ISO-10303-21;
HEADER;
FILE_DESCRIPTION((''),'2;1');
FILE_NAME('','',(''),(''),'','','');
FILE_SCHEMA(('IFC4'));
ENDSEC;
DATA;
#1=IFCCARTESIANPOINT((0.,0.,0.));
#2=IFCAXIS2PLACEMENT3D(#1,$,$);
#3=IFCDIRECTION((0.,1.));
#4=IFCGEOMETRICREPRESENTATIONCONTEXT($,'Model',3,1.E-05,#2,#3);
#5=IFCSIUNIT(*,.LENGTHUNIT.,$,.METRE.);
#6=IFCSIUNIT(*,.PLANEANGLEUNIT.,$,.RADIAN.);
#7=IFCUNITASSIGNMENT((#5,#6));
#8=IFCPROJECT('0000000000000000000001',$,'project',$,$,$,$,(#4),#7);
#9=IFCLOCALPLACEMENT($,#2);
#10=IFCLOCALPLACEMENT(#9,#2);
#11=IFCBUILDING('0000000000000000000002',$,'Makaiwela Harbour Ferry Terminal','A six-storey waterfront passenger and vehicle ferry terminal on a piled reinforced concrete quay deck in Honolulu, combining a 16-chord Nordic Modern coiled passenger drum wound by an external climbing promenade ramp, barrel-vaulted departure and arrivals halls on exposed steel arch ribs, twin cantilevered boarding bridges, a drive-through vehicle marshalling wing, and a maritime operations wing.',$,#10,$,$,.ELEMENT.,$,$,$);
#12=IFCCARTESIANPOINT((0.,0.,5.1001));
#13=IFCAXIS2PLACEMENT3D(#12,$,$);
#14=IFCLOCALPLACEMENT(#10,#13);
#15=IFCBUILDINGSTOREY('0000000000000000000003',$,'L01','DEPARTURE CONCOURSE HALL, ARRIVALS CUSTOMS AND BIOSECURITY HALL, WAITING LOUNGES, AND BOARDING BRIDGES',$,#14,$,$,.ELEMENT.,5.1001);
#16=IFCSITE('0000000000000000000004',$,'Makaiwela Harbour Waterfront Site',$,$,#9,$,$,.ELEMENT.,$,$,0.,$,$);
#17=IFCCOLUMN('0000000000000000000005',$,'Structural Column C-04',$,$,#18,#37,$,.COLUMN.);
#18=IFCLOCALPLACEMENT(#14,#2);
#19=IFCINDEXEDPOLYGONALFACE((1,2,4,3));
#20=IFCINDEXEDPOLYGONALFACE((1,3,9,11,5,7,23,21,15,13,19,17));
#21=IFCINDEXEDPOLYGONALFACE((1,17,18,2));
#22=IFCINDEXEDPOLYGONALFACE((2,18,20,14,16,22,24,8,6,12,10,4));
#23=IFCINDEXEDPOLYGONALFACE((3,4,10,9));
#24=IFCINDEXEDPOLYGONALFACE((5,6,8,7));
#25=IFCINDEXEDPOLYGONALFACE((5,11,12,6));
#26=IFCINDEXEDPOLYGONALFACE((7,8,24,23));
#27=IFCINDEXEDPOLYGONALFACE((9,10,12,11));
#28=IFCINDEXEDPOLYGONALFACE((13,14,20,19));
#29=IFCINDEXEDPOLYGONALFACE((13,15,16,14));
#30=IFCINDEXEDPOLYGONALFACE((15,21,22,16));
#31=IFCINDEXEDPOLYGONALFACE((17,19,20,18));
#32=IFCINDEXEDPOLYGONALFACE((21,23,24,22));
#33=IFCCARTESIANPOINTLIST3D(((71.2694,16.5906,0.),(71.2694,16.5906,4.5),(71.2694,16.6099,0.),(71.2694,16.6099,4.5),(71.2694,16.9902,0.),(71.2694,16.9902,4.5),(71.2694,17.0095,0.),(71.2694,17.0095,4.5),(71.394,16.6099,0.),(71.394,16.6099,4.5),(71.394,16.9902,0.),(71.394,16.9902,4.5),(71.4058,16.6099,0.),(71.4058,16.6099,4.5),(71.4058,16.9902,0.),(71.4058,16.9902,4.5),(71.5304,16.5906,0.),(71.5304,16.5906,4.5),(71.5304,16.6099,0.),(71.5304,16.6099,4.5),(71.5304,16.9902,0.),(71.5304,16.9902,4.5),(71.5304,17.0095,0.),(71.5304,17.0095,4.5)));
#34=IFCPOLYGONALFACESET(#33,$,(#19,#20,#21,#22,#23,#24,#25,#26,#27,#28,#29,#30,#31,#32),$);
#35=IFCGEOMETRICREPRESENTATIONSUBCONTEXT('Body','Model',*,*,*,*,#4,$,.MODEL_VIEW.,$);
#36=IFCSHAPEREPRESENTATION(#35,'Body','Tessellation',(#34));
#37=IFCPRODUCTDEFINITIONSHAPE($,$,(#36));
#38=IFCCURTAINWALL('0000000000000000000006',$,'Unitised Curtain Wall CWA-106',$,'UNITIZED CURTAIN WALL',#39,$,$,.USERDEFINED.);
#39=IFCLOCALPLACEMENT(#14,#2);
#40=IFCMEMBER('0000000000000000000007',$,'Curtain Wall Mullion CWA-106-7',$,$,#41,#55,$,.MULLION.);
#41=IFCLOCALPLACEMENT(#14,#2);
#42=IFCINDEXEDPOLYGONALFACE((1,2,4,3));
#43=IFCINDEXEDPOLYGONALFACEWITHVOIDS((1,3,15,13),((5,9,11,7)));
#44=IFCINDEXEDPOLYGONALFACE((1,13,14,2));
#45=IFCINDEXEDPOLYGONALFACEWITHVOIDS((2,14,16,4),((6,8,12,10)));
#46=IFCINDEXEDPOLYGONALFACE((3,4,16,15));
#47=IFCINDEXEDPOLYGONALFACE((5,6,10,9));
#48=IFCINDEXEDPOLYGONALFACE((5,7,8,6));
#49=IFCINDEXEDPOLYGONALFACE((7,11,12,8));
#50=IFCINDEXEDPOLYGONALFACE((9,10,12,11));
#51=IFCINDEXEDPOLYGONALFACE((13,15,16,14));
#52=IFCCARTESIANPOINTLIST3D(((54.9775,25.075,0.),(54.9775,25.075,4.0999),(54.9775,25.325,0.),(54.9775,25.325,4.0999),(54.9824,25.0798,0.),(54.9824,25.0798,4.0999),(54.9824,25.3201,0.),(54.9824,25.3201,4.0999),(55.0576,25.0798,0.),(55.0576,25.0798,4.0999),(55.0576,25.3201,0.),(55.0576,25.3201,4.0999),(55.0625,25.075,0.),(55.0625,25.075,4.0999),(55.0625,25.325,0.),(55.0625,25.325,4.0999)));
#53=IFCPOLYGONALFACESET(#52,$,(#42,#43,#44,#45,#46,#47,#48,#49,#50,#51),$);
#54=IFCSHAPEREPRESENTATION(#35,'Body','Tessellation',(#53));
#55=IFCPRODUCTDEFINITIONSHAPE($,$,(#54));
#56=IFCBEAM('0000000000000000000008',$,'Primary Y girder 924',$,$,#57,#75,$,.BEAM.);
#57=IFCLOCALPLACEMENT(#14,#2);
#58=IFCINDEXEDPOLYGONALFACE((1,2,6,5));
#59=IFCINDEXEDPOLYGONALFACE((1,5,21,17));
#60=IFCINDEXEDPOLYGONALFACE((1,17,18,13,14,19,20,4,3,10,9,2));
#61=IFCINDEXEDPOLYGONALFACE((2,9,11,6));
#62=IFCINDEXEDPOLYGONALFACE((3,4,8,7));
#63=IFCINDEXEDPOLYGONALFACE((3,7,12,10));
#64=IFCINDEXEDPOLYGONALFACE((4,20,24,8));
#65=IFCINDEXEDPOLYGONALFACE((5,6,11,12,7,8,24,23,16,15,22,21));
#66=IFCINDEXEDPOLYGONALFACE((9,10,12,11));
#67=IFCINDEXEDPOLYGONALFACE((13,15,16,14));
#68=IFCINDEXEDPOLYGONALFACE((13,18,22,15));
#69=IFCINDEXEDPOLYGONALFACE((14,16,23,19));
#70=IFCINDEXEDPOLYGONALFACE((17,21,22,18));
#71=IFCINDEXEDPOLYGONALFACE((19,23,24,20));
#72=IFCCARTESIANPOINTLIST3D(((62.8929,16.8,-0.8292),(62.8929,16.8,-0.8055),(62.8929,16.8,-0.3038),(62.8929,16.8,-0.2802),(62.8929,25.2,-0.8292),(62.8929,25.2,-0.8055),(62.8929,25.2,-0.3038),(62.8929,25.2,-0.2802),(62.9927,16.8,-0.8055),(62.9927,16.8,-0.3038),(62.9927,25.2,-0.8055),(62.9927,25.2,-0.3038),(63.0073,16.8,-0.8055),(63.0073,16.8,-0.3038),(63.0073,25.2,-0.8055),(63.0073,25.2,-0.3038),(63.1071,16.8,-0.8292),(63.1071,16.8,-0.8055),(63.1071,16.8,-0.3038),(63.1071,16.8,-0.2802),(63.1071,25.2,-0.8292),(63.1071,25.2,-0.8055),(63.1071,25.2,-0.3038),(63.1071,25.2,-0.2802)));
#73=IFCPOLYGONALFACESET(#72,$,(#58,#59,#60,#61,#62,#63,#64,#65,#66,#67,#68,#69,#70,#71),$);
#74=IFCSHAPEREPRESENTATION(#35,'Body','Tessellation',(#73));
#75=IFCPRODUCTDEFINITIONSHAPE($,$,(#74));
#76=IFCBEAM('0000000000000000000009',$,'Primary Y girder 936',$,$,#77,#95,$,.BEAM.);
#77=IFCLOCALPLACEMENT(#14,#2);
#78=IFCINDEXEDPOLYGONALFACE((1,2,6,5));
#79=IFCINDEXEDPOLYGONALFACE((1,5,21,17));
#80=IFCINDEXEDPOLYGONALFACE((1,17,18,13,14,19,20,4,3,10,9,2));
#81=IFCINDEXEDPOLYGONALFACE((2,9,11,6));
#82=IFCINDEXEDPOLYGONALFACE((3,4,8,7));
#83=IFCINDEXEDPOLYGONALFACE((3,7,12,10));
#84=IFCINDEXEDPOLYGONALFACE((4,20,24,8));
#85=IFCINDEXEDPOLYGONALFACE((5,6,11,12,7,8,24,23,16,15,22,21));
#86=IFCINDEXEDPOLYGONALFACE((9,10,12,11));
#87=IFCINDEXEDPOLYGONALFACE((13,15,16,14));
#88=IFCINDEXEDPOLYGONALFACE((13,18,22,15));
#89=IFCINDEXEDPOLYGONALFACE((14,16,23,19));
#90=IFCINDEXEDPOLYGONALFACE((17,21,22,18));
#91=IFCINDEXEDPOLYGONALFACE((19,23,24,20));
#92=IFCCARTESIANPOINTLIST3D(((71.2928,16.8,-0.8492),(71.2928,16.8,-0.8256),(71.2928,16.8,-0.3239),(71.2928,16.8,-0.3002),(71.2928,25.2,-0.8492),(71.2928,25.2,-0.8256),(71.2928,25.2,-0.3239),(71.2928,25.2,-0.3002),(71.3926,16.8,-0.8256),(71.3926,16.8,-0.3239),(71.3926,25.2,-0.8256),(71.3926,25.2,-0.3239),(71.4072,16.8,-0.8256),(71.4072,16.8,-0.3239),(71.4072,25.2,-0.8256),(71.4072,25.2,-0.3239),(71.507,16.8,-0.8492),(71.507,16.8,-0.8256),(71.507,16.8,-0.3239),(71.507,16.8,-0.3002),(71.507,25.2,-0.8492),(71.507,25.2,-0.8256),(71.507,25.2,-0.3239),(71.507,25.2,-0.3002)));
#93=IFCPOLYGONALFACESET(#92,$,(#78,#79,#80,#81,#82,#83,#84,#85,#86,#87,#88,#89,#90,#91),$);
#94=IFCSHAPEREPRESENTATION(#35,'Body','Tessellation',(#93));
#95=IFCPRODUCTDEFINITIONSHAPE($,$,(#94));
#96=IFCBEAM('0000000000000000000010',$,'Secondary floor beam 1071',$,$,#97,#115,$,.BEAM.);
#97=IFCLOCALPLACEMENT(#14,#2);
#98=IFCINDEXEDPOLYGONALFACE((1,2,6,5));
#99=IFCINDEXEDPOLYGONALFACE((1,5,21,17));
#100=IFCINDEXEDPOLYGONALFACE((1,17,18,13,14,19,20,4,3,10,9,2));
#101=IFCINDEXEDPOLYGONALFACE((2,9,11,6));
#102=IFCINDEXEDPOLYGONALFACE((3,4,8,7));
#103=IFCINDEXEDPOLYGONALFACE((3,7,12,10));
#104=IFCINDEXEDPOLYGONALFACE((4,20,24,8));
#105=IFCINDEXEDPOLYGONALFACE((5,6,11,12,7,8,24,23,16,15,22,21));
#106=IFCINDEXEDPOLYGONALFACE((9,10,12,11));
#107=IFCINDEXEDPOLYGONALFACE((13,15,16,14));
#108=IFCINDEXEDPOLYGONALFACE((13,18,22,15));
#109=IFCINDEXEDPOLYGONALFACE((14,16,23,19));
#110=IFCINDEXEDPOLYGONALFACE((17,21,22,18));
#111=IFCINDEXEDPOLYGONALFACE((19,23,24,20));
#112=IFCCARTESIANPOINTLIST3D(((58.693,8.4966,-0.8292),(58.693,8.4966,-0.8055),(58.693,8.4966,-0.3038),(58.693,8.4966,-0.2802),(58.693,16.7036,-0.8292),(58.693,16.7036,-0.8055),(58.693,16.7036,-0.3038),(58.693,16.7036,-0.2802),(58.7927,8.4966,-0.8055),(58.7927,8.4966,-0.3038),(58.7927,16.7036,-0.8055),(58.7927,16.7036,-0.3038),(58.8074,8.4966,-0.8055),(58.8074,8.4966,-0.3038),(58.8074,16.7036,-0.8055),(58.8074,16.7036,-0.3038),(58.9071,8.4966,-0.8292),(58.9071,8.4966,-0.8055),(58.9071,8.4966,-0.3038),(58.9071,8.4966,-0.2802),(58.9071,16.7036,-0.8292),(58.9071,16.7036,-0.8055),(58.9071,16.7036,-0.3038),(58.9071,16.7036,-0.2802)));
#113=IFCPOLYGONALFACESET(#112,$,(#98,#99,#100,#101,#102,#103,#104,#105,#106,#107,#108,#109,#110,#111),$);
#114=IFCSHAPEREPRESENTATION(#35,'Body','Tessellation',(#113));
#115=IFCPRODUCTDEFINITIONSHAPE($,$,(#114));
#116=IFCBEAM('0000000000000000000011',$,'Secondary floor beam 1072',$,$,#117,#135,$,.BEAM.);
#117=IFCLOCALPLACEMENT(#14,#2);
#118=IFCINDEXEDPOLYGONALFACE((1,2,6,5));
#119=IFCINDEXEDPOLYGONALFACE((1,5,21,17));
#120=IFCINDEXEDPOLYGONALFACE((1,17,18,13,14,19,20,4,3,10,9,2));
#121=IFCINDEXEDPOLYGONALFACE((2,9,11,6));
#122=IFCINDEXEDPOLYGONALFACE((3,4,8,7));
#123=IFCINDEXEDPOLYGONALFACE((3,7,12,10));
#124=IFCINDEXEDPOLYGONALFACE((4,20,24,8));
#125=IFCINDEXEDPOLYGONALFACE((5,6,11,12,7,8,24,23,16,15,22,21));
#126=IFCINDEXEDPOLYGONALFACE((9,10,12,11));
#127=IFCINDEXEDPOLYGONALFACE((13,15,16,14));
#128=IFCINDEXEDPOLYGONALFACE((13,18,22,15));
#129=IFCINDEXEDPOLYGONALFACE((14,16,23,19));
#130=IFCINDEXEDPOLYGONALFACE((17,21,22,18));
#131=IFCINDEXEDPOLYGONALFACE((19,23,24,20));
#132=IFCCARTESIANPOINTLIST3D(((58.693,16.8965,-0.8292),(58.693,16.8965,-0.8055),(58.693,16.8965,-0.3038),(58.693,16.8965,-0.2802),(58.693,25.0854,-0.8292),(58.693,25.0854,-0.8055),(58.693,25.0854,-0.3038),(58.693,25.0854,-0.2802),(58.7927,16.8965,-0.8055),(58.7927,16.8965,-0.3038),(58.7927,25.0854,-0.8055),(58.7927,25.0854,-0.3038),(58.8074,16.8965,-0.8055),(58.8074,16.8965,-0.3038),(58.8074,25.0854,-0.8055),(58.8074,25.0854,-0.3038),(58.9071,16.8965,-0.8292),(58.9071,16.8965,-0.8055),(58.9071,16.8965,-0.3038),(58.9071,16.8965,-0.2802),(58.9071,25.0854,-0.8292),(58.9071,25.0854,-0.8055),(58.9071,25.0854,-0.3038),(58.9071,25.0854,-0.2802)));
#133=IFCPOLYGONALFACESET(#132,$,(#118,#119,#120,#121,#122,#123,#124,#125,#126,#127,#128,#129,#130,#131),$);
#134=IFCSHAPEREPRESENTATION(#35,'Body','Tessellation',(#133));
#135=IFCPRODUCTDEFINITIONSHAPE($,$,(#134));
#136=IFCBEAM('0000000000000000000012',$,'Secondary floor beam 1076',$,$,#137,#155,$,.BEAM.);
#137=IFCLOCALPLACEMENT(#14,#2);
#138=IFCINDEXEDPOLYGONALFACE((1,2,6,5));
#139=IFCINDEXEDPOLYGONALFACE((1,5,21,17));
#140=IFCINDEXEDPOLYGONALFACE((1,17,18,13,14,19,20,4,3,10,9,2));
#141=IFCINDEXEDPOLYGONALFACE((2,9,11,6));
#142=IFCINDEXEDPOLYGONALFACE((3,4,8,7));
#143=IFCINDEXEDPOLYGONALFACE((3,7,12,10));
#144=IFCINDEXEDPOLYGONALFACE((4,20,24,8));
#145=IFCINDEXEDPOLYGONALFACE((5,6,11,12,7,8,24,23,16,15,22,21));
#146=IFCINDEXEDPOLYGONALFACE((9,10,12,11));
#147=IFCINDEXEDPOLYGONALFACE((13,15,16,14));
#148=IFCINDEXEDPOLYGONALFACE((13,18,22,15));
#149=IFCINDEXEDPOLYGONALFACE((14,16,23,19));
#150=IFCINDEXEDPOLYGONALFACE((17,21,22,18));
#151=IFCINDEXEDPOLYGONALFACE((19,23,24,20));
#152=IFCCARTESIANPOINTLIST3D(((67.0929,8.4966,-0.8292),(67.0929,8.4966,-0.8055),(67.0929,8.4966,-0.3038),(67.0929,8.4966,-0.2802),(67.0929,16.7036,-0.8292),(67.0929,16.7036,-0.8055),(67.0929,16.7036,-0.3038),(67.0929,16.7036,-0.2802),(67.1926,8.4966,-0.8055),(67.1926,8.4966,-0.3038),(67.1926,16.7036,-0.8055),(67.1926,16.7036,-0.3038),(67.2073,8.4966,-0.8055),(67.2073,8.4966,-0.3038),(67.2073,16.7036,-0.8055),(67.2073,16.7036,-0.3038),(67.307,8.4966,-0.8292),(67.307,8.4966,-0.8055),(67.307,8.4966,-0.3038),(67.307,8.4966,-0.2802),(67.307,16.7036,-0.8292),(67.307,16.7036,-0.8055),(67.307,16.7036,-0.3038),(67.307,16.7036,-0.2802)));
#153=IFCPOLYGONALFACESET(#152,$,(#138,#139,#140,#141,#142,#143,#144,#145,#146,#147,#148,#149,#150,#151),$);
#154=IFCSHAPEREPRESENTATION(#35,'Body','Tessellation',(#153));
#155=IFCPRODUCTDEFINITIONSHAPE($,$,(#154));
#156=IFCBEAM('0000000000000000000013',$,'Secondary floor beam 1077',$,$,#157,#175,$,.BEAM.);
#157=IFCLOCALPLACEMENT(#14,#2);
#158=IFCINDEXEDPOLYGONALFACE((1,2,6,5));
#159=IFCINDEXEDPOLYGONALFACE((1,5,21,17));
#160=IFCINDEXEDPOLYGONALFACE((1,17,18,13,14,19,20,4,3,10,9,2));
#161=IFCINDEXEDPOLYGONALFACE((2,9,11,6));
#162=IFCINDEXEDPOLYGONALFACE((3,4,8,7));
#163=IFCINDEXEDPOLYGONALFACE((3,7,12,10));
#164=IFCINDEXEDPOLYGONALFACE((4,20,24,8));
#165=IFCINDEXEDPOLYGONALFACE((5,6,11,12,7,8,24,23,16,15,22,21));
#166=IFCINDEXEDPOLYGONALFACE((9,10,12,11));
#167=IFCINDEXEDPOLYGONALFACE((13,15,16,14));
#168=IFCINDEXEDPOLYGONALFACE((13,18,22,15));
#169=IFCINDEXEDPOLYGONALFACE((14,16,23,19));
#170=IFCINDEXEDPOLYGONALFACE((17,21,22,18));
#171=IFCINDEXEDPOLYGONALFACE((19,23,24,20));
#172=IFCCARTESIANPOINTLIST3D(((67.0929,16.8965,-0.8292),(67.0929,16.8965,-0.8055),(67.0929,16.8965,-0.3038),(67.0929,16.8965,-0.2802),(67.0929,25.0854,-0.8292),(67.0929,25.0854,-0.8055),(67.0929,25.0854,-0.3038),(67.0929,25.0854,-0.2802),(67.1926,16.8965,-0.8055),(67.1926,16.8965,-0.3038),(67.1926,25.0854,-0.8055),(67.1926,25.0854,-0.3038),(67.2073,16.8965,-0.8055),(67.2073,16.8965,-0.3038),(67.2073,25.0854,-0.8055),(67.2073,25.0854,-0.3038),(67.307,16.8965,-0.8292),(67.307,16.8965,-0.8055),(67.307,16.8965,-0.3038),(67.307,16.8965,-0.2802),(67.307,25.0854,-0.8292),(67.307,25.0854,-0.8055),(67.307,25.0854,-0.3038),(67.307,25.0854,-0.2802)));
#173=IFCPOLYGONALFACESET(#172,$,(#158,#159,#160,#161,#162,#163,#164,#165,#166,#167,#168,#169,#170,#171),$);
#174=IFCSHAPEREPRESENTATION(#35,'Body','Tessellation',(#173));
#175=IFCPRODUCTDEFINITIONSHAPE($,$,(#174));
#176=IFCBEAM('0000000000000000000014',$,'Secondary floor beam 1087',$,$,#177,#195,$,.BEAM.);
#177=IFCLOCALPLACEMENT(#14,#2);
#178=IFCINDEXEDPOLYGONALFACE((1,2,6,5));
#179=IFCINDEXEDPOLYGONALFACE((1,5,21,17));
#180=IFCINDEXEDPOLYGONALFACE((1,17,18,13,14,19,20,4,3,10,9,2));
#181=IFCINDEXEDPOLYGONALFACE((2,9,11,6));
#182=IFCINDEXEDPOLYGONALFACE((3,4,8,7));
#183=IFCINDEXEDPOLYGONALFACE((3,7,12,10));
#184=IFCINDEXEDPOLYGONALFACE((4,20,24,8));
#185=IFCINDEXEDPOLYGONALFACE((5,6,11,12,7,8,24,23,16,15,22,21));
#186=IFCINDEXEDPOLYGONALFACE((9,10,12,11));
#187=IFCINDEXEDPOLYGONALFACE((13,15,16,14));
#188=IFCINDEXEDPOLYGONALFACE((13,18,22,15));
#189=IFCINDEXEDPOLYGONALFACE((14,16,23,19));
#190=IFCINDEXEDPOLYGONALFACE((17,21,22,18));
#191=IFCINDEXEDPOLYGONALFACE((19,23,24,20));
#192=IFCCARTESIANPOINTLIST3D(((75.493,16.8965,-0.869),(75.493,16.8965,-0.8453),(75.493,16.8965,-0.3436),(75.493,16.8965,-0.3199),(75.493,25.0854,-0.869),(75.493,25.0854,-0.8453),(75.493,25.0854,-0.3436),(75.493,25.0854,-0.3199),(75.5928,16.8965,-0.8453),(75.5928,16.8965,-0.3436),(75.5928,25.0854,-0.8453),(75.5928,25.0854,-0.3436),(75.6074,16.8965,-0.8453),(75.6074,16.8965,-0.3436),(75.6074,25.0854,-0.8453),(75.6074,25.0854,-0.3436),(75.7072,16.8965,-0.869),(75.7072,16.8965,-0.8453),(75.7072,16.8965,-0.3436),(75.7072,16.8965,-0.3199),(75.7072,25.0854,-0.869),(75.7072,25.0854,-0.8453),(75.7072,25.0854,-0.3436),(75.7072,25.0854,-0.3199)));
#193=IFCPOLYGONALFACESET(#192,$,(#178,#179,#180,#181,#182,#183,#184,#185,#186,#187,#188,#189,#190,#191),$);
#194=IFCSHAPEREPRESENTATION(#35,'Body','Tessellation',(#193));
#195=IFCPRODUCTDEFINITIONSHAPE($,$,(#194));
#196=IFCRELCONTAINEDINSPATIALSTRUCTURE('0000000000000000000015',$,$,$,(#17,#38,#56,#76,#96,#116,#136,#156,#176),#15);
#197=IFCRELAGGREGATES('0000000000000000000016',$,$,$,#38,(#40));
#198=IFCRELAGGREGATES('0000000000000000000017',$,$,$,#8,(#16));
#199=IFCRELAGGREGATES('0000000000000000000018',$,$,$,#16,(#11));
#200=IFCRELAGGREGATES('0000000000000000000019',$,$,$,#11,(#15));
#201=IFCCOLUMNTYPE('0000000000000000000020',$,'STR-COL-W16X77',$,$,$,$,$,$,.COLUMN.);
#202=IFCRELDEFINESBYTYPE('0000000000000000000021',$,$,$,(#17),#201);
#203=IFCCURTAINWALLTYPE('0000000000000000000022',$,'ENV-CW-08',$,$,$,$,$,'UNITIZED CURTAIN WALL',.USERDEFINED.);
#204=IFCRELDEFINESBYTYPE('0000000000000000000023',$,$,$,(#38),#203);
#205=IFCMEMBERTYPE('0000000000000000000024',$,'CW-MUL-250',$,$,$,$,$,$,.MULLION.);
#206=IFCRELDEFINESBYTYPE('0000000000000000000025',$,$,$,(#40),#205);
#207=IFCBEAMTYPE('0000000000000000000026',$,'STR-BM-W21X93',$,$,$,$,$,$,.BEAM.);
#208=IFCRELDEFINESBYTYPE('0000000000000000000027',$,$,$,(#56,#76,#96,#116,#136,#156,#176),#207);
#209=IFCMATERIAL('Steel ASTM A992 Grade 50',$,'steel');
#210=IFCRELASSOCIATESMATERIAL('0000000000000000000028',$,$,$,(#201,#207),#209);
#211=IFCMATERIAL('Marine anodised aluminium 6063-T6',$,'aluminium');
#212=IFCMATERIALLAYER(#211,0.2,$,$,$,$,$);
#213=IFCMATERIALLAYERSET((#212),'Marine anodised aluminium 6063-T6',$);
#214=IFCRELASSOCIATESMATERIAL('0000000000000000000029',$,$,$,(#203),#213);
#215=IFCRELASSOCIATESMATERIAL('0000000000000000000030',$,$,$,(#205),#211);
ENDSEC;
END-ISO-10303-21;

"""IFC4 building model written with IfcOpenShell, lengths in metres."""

from ifc_helpers import new_model, si_unit, direction, frame, origin, origin_2d, place, context, subcontext, project, spatial, hollow_rectangle, i_section, extrude, material, layer, layer_set, material_profile, profile_set, type_object, element, aggregate, save


model = new_model("IFC4")

# Units and contexts
model_context = context("Model", 3, precision=1e-05, world=origin(), true_north=direction((0.0, 1.0)))
body_context = subcontext(model_context, "Body", "Model", "MODEL_VIEW")
ifc_project = project(units=[si_unit("LENGTHUNIT", "METRE"), si_unit("PLANEANGLEUNIT", "RADIAN")], contexts=[model_context])

# Site, building, storey
site_placement = place(None, origin())
site = spatial("IfcSite", under=ifc_project, at=site_placement, Name="Makaiwela Harbour Waterfront Site", CompositionType="ELEMENT", RefElevation=0.0)
building_placement = place(site_placement, origin())
building = spatial("IfcBuilding", under=site, at=building_placement, Name="Makaiwela Harbour Ferry Terminal", Description="A six-storey waterfront passenger and vehicle ferry terminal on a piled reinforced concrete quay deck in Honolulu, combining a 16-chord Nordic Modern coiled passenger drum wound by an external climbing promenade ramp, barrel-vaulted departure and arrivals halls on exposed steel arch ribs, twin cantilevered boarding bridges, a drive-through vehicle marshalling wing, and a maritime operations wing.", CompositionType="ELEMENT")
storey_placement = place(building_placement, frame((0.0, 0.0, 5.1001)))
storey = spatial("IfcBuildingStorey", under=building, at=storey_placement, Name="L01", Description="DEPARTURE CONCOURSE HALL, ARRIVALS CUSTOMS AND BIOSECURITY HALL, WAITING LOUNGES, AND BOARDING BRIDGES", CompositionType="ELEMENT", Elevation=5.1001)

# Column
ifc_material_1 = material(Name="Steel ASTM A992 Grade 50", Category="steel")
ifc_material_profile_1 = material_profile(ifc_material_1, i_section(OverallWidth=0.261, OverallDepth=0.4189, WebThickness=0.0117, FlangeThickness=0.0193, at=origin_2d()), Name="W16X77")
ifc_profile_set_1 = profile_set([ifc_material_profile_1], Name="Steel ASTM A992 Grade 50")
column_type = type_object("IfcColumnType", Name="STR-COL-W16X77", PredefinedType="COLUMN", material=ifc_profile_set_1)
column_placement = place(storey_placement, frame((71.3999, 16.8, 0.0), z_axis=(0.0, 0.0, 1.0), x_axis=(1.0, 0.0, 0.0)))
element("IfcColumn", 1, at=column_placement, inside=storey, type_object=column_type, Name="Structural Column C-04", PredefinedType="COLUMN", context=body_context, shape_type="SweptSolid", body=[
    extrude(i_section(OverallWidth=0.261, OverallDepth=0.4189, WebThickness=0.0117, FlangeThickness=0.0193, at=origin_2d()), origin(), (0.0, 0.0, 1.0), 4.5),
])

# Curtain wall, member
ifc_material_2 = material(Name="Marine anodised aluminium 6063-T6", Category="aluminium")
ifc_layer_1 = layer(ifc_material_2, 0.2)
ifc_layer_set_1 = layer_set([ifc_layer_1], Name="Marine anodised aluminium 6063-T6")
curtain_wall_type = type_object("IfcCurtainWallType", Name="ENV-CW-08", ElementType="UNITIZED CURTAIN WALL", PredefinedType="USERDEFINED", material=ifc_layer_set_1)
curtain_wall_placement = place(storey_placement, origin())
curtain_wall = element("IfcCurtainWall", 2, at=curtain_wall_placement, inside=storey, type_object=curtain_wall_type, Name="Unitised Curtain Wall CWA-106", ObjectType="UNITIZED CURTAIN WALL", PredefinedType="USERDEFINED")
ifc_material_profile_2 = material_profile(ifc_material_2, hollow_rectangle(XDim=0.085, YDim=0.25, WallThickness=0.0049, at=origin_2d()), Name="CWM-250X85")
ifc_profile_set_2 = profile_set([ifc_material_profile_2], Name="Marine anodised aluminium 6063-T6")
member_type = type_object("IfcMemberType", Name="CW-MUL-250", PredefinedType="MULLION", material=ifc_profile_set_2)
member_placement = place(storey_placement, frame((55.02, 25.2, 0.0), z_axis=(0.0, 0.0, 1.0), x_axis=(1.0, 0.0, 0.0)))
member = element("IfcMember", 3, at=member_placement, type_object=member_type, Name="Curtain Wall Mullion CWA-106-7", PredefinedType="MULLION", context=body_context, shape_type="SweptSolid", body=[
    extrude(hollow_rectangle(XDim=0.085, YDim=0.25, WallThickness=0.0049, at=origin_2d()), origin(), (0.0, 0.0, 1.0), 4.0999),
])
aggregate(curtain_wall, [member])

# Beams
ifc_material_profile_3 = material_profile(ifc_material_1, i_section(OverallWidth=0.2141, OverallDepth=0.5491, WebThickness=0.0146, FlangeThickness=0.0237, at=origin_2d()), Name="W21X93")
ifc_profile_set_3 = profile_set([ifc_material_profile_3], Name="Steel ASTM A992 Grade 50")
beam_type_1 = type_object("IfcBeamType", Name="STR-BM-W21X93", PredefinedType="BEAM", material=ifc_profile_set_3)
for number, where, z_axis, x_axis, name in (
    (4, (63.0, 16.8, -0.5547), (0.0, 1.0, 0.0), (-1.0, 0.0, 0.0), "Primary Y girder 924"),
    (5, (71.3999, 16.8, -0.5747), (0.0, 1.0, 0.0), (-1.0, 0.0, 0.0), "Primary Y girder 936"),
):
    element("IfcBeam", number, at=place(storey_placement, frame(where, z_axis=z_axis, x_axis=x_axis)), inside=storey, type_object=beam_type_1, Name=name, PredefinedType="BEAM", context=body_context, shape_type="SweptSolid", body=[
        extrude(i_section(OverallWidth=0.2141, OverallDepth=0.5491, WebThickness=0.0146, FlangeThickness=0.0237, at=origin_2d()), origin(), (0.0, 0.0, 1.0), 8.3999),
    ])
beam_1_placement = place(storey_placement, frame((58.8, 8.4966, -0.5547), z_axis=(0.0, 1.0, 0.0), x_axis=(-1.0, 0.0, 0.0)))
element("IfcBeam", 6, at=beam_1_placement, inside=storey, type_object=beam_type_1, Name="Secondary floor beam 1071", PredefinedType="BEAM", context=body_context, shape_type="SweptSolid", body=[
    extrude(i_section(OverallWidth=0.2141, OverallDepth=0.5491, WebThickness=0.0146, FlangeThickness=0.0237, at=origin_2d()), origin(), (0.0, 0.0, 1.0), 8.207),
])
beam_2_placement = place(storey_placement, frame((58.8, 16.8965, -0.5547), z_axis=(0.0, 1.0, 0.0), x_axis=(-1.0, 0.0, 0.0)))
element("IfcBeam", 7, at=beam_2_placement, inside=storey, type_object=beam_type_1, Name="Secondary floor beam 1072", PredefinedType="BEAM", context=body_context, shape_type="SweptSolid", body=[
    extrude(i_section(OverallWidth=0.2141, OverallDepth=0.5491, WebThickness=0.0146, FlangeThickness=0.0237, at=origin_2d()), origin(), (0.0, 0.0, 1.0), 8.189),
])
beam_3_placement = place(storey_placement, frame((67.2, 8.4966, -0.5547), z_axis=(0.0, 1.0, 0.0), x_axis=(-1.0, 0.0, 0.0)))
element("IfcBeam", 8, at=beam_3_placement, inside=storey, type_object=beam_type_1, Name="Secondary floor beam 1076", PredefinedType="BEAM", context=body_context, shape_type="SweptSolid", body=[
    extrude(i_section(OverallWidth=0.2141, OverallDepth=0.5491, WebThickness=0.0146, FlangeThickness=0.0237, at=origin_2d()), origin(), (0.0, 0.0, 1.0), 8.207),
])
for number, where, z_axis, x_axis, name in (
    (9, (67.2, 16.8965, -0.5547), (0.0, 1.0, 0.0), (-1.0, 0.0, 0.0), "Secondary floor beam 1077"),
    (10, (75.6001, 16.8965, -0.5945), (0.0, 1.0, 0.0), (-1.0, 0.0, 0.0), "Secondary floor beam 1087"),
):
    element("IfcBeam", number, at=place(storey_placement, frame(where, z_axis=z_axis, x_axis=x_axis)), inside=storey, type_object=beam_type_1, Name=name, PredefinedType="BEAM", context=body_context, shape_type="SweptSolid", body=[
        extrude(i_section(OverallWidth=0.2141, OverallDepth=0.5491, WebThickness=0.0146, FlangeThickness=0.0237, at=origin_2d()), origin(), (0.0, 0.0, 1.0), 8.189),
    ])

save(model, "model.ifc")
